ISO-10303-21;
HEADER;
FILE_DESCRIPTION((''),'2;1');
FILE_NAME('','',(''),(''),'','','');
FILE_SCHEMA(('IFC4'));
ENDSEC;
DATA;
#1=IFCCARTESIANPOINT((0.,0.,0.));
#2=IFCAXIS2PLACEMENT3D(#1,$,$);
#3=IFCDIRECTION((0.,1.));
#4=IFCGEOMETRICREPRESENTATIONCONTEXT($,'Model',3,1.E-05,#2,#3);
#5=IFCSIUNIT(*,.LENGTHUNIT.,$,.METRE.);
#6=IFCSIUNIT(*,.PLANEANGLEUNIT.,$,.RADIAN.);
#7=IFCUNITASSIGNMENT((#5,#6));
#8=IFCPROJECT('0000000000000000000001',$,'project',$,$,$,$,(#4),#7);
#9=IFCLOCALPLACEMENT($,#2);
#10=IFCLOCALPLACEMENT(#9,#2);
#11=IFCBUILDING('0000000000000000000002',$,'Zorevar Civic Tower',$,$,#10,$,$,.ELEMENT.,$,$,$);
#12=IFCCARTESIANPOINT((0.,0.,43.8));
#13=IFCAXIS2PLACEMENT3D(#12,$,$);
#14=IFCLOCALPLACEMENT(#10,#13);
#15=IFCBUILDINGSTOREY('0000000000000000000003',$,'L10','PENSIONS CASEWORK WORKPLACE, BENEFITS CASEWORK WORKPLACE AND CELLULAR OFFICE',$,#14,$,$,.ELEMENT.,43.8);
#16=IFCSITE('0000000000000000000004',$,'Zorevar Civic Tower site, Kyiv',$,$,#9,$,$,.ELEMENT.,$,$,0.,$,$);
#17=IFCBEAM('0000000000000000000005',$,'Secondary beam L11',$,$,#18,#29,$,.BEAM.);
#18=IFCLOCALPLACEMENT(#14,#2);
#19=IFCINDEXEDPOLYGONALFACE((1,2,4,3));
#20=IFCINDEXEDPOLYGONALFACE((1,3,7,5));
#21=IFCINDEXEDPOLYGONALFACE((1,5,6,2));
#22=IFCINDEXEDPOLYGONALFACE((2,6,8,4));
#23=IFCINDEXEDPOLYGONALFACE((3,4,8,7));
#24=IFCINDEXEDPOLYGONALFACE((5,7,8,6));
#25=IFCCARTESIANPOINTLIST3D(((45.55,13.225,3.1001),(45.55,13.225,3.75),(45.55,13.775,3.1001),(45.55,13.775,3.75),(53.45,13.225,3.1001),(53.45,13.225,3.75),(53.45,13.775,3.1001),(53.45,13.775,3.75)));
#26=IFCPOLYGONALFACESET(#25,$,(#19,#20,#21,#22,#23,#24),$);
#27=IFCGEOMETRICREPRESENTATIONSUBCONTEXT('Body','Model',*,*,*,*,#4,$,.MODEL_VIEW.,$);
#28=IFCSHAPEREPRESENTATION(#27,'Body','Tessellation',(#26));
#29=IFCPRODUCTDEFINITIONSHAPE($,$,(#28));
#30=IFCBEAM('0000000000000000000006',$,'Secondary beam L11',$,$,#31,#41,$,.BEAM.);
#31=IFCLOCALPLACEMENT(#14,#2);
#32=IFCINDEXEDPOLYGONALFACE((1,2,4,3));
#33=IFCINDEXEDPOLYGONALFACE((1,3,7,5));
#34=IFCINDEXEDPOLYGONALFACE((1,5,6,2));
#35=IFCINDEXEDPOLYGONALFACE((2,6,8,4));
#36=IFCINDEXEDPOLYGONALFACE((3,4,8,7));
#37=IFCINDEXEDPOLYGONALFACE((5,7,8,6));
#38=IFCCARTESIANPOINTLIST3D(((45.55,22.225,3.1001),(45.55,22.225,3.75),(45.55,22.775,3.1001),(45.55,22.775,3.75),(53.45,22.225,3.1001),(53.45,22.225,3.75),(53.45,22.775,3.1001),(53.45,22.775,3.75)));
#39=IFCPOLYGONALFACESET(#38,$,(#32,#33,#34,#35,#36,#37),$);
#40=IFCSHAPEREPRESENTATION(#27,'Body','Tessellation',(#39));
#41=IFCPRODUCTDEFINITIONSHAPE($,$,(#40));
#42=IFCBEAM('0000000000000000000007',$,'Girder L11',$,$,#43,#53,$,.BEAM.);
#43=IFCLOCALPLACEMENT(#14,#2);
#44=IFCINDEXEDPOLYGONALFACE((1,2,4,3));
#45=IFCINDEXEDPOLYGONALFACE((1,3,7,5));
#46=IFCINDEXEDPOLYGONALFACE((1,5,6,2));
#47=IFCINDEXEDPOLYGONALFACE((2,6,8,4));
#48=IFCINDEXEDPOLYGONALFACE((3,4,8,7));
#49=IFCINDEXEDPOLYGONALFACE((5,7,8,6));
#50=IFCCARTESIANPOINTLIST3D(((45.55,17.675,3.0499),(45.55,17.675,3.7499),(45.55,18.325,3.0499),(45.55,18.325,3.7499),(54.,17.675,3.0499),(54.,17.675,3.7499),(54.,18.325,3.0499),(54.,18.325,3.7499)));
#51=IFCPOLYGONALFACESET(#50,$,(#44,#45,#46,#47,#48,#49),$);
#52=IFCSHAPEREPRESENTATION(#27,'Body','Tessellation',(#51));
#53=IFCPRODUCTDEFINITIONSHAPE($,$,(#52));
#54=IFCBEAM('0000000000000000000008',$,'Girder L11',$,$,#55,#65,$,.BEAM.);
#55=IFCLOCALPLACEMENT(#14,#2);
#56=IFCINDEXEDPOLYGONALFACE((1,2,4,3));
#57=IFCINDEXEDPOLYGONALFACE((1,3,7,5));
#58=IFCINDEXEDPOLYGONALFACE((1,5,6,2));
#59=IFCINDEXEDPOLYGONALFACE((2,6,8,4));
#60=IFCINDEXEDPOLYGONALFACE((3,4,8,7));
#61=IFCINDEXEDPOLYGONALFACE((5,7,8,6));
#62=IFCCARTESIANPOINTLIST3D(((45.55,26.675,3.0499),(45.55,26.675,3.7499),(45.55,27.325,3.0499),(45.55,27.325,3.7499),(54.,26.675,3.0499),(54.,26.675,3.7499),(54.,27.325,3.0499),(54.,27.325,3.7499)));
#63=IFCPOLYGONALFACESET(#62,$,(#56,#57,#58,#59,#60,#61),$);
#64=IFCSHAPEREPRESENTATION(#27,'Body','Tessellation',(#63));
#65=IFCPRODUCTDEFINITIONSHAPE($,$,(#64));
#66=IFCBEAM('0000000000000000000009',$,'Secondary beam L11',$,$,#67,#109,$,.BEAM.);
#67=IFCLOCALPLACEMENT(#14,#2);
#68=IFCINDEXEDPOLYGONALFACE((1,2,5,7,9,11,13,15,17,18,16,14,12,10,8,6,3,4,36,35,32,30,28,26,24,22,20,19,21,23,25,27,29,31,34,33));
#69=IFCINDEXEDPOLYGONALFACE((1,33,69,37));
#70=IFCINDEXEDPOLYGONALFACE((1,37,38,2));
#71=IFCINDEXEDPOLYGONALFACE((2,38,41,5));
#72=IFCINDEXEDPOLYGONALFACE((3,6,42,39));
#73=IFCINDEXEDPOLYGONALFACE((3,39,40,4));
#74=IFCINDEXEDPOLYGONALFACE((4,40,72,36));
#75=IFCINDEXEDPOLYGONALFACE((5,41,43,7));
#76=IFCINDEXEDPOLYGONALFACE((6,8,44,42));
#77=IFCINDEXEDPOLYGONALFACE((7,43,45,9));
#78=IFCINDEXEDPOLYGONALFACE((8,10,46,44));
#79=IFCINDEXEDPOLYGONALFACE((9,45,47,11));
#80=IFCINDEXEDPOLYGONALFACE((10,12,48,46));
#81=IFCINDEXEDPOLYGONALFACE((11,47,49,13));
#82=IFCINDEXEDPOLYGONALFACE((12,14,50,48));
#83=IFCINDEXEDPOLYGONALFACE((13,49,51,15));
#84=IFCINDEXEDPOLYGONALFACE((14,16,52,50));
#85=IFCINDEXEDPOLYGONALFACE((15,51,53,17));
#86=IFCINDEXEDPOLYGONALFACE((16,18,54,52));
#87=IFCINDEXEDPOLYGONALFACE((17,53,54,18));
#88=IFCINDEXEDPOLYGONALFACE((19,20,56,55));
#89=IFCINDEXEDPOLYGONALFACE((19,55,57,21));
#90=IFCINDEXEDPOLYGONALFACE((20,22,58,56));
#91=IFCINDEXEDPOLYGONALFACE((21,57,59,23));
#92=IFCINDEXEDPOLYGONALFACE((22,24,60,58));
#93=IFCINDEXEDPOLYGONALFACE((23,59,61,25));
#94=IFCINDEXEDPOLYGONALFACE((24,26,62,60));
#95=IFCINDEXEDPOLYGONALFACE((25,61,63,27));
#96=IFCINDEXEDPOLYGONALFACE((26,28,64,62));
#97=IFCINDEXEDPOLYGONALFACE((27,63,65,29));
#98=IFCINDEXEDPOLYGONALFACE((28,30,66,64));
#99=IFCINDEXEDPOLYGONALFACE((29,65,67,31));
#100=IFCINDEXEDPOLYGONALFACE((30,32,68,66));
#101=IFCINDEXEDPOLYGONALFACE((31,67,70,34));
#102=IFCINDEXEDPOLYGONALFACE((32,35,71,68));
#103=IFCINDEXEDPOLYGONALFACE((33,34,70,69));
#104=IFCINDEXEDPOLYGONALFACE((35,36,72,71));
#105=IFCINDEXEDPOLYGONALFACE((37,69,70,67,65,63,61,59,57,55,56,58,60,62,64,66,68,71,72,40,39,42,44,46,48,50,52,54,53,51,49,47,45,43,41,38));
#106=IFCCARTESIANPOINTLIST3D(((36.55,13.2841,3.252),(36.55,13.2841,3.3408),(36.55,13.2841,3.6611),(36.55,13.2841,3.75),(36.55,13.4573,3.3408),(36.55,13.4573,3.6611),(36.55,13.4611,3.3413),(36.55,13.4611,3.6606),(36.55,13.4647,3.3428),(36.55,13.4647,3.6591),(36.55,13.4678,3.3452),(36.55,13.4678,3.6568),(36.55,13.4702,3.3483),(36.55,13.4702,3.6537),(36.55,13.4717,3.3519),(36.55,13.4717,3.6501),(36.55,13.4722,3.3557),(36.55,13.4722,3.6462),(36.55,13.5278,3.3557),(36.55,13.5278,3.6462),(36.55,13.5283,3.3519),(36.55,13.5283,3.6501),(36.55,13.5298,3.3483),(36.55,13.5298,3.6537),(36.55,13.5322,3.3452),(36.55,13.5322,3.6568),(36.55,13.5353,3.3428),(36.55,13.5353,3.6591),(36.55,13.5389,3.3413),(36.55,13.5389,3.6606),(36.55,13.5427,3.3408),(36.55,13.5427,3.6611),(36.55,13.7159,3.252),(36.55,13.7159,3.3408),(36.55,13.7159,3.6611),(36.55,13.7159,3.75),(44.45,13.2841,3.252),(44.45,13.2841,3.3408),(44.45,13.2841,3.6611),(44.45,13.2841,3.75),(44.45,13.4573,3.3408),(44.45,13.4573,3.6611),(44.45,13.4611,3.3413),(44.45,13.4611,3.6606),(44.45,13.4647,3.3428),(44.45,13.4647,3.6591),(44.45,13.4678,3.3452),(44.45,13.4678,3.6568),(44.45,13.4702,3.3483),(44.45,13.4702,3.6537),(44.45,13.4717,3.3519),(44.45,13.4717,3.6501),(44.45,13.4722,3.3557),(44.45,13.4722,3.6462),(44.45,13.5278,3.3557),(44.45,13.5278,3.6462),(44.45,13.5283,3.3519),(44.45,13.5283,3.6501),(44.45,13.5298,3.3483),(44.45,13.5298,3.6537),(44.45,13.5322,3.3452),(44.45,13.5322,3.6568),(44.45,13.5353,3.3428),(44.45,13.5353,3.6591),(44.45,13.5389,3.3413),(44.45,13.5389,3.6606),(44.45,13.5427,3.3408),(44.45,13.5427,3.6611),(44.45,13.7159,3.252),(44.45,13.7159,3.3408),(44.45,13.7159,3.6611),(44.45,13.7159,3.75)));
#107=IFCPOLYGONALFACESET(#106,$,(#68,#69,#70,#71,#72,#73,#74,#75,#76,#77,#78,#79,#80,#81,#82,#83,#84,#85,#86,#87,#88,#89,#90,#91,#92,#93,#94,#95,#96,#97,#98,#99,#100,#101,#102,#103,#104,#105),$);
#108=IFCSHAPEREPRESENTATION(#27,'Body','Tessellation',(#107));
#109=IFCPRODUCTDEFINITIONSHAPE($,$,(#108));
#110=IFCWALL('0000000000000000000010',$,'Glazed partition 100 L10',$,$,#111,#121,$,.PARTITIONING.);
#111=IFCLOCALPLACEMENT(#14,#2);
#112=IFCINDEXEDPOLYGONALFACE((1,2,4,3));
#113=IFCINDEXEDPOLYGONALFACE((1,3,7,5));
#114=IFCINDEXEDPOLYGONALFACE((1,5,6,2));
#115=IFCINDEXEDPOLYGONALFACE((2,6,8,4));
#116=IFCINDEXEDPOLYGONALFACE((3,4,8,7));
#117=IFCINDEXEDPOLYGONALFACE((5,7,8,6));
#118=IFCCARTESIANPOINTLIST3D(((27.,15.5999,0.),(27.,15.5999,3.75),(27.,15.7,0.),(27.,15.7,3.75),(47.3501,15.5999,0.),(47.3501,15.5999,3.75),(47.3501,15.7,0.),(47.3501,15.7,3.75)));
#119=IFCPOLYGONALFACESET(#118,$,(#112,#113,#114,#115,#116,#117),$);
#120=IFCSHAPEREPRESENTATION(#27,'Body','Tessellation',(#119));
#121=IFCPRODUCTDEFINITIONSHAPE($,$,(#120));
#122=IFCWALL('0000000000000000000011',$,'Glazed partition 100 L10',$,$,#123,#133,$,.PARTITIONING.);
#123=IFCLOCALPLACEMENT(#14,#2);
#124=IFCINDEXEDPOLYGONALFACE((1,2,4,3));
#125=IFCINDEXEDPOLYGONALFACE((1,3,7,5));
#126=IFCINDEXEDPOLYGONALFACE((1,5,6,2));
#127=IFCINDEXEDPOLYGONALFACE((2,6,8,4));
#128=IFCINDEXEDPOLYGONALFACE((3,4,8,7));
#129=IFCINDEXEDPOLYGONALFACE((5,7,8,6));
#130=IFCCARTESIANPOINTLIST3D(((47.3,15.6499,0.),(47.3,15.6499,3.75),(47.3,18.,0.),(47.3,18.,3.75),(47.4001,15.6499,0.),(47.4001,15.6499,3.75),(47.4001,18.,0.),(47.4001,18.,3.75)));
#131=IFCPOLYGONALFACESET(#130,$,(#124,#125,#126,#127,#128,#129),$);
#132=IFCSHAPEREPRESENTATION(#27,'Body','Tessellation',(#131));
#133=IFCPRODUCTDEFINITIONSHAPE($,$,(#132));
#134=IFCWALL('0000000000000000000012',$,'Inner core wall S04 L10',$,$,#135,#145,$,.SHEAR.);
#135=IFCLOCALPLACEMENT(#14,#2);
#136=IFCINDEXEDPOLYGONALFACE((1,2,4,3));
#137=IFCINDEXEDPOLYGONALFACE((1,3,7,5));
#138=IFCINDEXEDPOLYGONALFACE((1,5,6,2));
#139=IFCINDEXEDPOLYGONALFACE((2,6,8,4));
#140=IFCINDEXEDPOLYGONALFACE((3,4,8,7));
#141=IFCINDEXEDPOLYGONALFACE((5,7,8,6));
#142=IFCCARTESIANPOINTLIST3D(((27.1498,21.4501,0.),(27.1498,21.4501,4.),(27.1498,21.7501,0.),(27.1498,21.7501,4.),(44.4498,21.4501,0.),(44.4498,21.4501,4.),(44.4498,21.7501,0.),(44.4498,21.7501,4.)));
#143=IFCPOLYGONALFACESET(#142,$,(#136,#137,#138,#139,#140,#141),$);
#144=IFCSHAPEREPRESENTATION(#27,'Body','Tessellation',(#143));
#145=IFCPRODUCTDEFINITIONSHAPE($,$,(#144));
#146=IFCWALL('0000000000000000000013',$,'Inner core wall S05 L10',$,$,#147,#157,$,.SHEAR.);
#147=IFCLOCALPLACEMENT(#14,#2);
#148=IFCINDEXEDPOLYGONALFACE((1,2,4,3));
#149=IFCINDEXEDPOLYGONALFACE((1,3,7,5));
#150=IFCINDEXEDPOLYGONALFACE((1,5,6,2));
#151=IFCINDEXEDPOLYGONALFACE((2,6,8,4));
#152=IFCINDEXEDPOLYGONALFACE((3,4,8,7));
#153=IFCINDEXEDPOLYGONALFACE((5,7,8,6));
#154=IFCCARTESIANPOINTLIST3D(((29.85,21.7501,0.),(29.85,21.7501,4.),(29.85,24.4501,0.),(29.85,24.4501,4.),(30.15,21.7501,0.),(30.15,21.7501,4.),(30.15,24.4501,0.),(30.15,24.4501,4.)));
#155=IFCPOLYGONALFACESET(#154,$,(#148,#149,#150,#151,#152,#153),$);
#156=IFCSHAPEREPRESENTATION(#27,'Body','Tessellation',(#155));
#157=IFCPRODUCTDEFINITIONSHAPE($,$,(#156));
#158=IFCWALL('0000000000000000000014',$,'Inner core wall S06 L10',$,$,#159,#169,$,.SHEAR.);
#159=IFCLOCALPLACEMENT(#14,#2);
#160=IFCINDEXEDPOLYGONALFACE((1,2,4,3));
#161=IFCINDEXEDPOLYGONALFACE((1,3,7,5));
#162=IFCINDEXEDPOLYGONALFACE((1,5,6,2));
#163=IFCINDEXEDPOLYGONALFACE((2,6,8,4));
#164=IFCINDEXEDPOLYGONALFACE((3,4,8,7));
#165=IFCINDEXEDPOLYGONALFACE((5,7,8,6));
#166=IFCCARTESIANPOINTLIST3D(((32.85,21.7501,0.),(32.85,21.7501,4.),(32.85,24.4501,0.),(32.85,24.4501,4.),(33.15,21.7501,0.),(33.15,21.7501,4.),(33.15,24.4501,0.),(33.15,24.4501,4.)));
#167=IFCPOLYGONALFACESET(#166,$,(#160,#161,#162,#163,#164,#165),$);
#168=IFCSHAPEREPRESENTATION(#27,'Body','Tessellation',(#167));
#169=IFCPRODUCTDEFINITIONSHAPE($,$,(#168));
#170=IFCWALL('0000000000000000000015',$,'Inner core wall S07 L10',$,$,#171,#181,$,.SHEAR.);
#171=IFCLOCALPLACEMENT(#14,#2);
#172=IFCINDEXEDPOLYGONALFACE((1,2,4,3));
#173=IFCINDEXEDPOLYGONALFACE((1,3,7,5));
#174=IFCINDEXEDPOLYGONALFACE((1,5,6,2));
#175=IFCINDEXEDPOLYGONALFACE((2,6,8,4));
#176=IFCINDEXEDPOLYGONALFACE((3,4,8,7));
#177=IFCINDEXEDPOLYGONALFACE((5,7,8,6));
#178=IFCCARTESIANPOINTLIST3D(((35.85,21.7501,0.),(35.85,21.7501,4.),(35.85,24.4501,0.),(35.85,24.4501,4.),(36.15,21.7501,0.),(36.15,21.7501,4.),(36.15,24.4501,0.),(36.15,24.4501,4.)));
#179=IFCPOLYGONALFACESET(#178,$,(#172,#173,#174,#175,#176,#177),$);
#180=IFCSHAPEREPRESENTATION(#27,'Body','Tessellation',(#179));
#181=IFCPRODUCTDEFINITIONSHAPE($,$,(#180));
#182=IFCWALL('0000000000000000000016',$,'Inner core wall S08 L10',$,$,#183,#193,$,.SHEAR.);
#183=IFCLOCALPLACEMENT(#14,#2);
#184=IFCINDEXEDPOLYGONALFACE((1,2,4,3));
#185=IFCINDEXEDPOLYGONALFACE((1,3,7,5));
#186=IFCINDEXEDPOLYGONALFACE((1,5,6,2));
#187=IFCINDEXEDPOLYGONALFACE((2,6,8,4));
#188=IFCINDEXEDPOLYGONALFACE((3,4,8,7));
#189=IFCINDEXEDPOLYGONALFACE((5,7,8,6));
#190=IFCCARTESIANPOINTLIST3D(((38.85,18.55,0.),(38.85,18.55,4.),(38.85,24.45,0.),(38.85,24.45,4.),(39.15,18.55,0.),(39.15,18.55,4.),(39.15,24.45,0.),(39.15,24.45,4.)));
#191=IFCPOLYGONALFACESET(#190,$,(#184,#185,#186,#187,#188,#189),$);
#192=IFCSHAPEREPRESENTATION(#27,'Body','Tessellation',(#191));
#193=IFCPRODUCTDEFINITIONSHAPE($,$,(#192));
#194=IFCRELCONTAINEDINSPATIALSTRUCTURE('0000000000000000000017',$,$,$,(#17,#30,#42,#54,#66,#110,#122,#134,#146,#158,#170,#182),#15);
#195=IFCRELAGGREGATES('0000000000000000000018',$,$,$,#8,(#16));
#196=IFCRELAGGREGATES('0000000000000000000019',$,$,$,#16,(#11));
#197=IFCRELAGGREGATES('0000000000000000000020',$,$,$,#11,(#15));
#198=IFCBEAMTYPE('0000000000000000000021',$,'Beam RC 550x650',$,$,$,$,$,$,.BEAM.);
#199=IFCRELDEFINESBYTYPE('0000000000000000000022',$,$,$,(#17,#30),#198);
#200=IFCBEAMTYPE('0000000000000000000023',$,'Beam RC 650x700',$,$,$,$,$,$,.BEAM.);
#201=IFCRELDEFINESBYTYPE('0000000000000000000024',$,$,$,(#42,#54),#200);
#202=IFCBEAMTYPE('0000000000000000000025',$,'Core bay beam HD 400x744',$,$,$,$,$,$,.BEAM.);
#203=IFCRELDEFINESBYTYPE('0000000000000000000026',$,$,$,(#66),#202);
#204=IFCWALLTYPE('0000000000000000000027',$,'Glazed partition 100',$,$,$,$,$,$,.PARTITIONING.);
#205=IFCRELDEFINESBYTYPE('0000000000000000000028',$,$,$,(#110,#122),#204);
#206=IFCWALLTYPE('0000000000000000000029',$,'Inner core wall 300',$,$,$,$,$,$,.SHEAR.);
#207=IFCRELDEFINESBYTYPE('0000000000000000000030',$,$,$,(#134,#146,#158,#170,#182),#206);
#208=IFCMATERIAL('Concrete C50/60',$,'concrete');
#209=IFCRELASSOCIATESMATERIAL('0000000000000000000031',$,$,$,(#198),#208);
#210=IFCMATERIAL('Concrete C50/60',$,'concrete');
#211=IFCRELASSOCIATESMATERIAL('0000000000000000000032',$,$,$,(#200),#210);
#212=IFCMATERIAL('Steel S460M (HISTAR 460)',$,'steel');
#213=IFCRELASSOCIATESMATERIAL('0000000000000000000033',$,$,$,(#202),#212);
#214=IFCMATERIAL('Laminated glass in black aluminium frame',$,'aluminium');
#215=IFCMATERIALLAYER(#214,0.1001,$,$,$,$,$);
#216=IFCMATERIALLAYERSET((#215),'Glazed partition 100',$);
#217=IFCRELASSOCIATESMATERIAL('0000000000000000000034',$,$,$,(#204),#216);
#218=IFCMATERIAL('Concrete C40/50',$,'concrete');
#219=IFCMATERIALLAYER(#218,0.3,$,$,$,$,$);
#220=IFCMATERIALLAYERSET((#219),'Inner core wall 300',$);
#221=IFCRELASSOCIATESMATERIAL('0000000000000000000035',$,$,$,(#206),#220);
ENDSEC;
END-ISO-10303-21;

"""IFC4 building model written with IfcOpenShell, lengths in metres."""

from ifc_helpers import new_model, si_unit, direction, frame, frame_2d, origin, origin_2d, place, context, subcontext, project, spatial, rectangle, i_section, extrude, material, layer, layer_set, material_profile, profile_set, type_object, element, save


model = new_model("IFC4")

# Units and contexts
model_context = context("Model", 3, precision=1e-05, world=origin(), true_north=direction((0.0, 1.0)))
body_context = subcontext(model_context, "Body", "Model", "MODEL_VIEW")
ifc_project = project(units=[si_unit("LENGTHUNIT", "METRE"), si_unit("PLANEANGLEUNIT", "RADIAN")], contexts=[model_context])

# Site, building, storey
site_placement = place(None, origin())
site = spatial("IfcSite", under=ifc_project, at=site_placement, Name="Zorevar Civic Tower site, Kyiv", CompositionType="ELEMENT", RefElevation=0.0)
building_placement = place(site_placement, origin())
building = spatial("IfcBuilding", under=site, at=building_placement, Name="Zorevar Civic Tower", CompositionType="ELEMENT")
storey_placement = place(building_placement, frame((0.0, 0.0, 43.8)))
storey = spatial("IfcBuildingStorey", under=building, at=storey_placement, Name="L10", Description="PENSIONS CASEWORK WORKPLACE, BENEFITS CASEWORK WORKPLACE AND CELLULAR OFFICE", CompositionType="ELEMENT", Elevation=43.8)

# Beams
ifc_material_1 = material(Name="Concrete C50/60", Category="concrete")
ifc_material_profile_1 = material_profile(ifc_material_1, rectangle(XDim=0.55, YDim=0.6499, at=origin_2d()), Name="RC 550x650")
ifc_profile_set_1 = profile_set([ifc_material_profile_1], Name="Concrete C50/60")
beam_type_1 = type_object("IfcBeamType", Name="Beam RC 550x650", PredefinedType="BEAM", material=ifc_profile_set_1)
for number, where, z_axis, x_axis, name in (
    (1, (45.55, 13.5, 3.425), (1.0, 0.0, 0.0), (0.0, 1.0, 0.0), "Secondary beam L11"),
    (2, (45.55, 22.5, 3.425), (1.0, 0.0, 0.0), (0.0, 1.0, 0.0), "Secondary beam L11"),
):
    element("IfcBeam", number, at=place(storey_placement, frame(where, z_axis=z_axis, x_axis=x_axis)), inside=storey, type_object=beam_type_1, Name=name, PredefinedType="BEAM", context=body_context, shape_type="SweptSolid", body=[
        extrude(rectangle(XDim=0.55, YDim=0.6499, at=origin_2d()), origin(), (0.0, 0.0, 1.0), 7.8999),
    ])
ifc_material_2 = material(Name="Concrete C50/60", Category="concrete")
ifc_material_profile_2 = material_profile(ifc_material_2, rectangle(XDim=0.6499, YDim=0.7, at=origin_2d()), Name="RC 650x700")
ifc_profile_set_2 = profile_set([ifc_material_profile_2], Name="Concrete C50/60")
beam_type_2 = type_object("IfcBeamType", Name="Beam RC 650x700", PredefinedType="BEAM", material=ifc_profile_set_2)
for number, where, z_axis, x_axis, name in (
    (3, (45.55, 18.0, 3.3999), (1.0, 0.0, 0.0), (0.0, 1.0, 0.0), "Girder L11"),
    (4, (45.55, 27.0, 3.3999), (1.0, 0.0, 0.0), (0.0, 1.0, 0.0), "Girder L11"),
):
    element("IfcBeam", number, at=place(storey_placement, frame(where, z_axis=z_axis, x_axis=x_axis)), inside=storey, type_object=beam_type_2, Name=name, PredefinedType="BEAM", context=body_context, shape_type="SweptSolid", body=[
        extrude(rectangle(XDim=0.6499, YDim=0.7, at=origin_2d()), origin(), (0.0, 0.0, 1.0), 8.45),
    ])
ifc_material_3 = material(Name="Steel S460M (HISTAR 460)", Category="steel")
ifc_material_profile_3 = material_profile(ifc_material_3, i_section(OverallWidth=0.4319, OverallDepth=0.498, WebThickness=0.0557, FlangeThickness=0.0889, FilletRadius=0.0149, at=origin_2d()), Name="HD 400x744")
ifc_profile_set_3 = profile_set([ifc_material_profile_3], Name="Steel S460M (HISTAR 460)")
beam_type_3 = type_object("IfcBeamType", Name="Core bay beam HD 400x744", PredefinedType="BEAM", material=ifc_profile_set_3)
beam_placement = place(storey_placement, frame((36.55, 13.5, 3.501), z_axis=(1.0, 0.0, 0.0), x_axis=(0.0, 1.0, 0.0)))
element("IfcBeam", 5, at=beam_placement, inside=storey, type_object=beam_type_3, Name="Secondary beam L11", PredefinedType="BEAM", context=body_context, shape_type="SweptSolid", body=[
    extrude(i_section(OverallWidth=0.4319, OverallDepth=0.498, WebThickness=0.0557, FlangeThickness=0.0889, FilletRadius=0.0149, at=origin_2d()), origin(), (0.0, 0.0, 1.0), 7.8999),
])

# Walls
ifc_material_4 = material(Name="Laminated glass in black aluminium frame", Category="aluminium")
ifc_layer_1 = layer(ifc_material_4, 0.1001)
ifc_layer_set_1 = layer_set([ifc_layer_1], Name="Glazed partition 100")
wall_type_1 = type_object("IfcWallType", Name="Glazed partition 100", PredefinedType="PARTITIONING", material=ifc_layer_set_1)
wall_1_placement = place(storey_placement, frame((27.0, 15.6499, 0.0), z_axis=(0.0, 0.0, 1.0), x_axis=(1.0, 0.0, 0.0)))
element("IfcWall", 6, at=wall_1_placement, inside=storey, type_object=wall_type_1, Name="Glazed partition 100 L10", PredefinedType="PARTITIONING", context=body_context, shape_type="SweptSolid", body=[
    extrude(rectangle(XDim=20.3501, YDim=0.1001, at=frame_2d((10.175, 0.0))), origin(), (0.0, 0.0, 1.0), 3.75),
])
wall_2_placement = place(storey_placement, frame((47.3501, 15.6499, 0.0), z_axis=(0.0, 0.0, 1.0), x_axis=(0.0, 1.0, 0.0)))
element("IfcWall", 7, at=wall_2_placement, inside=storey, type_object=wall_type_1, Name="Glazed partition 100 L10", PredefinedType="PARTITIONING", context=body_context, shape_type="SweptSolid", body=[
    extrude(rectangle(XDim=2.3501, YDim=0.1001, at=frame_2d((1.175, 0.0))), origin(), (0.0, 0.0, 1.0), 3.75),
])
ifc_material_5 = material(Name="Concrete C40/50", Category="concrete")
ifc_layer_2 = layer(ifc_material_5, 0.3)
ifc_layer_set_2 = layer_set([ifc_layer_2], Name="Inner core wall 300")
wall_type_2 = type_object("IfcWallType", Name="Inner core wall 300", PredefinedType="SHEAR", material=ifc_layer_set_2)
wall_3_placement = place(storey_placement, frame((27.1499, 21.6001, 0.0), z_axis=(0.0, 0.0, 1.0), x_axis=(1.0, 0.0, 0.0)))
element("IfcWall", 8, at=wall_3_placement, inside=storey, type_object=wall_type_2, Name="Inner core wall S04 L10", PredefinedType="SHEAR", context=body_context, shape_type="SweptSolid", body=[
    extrude(rectangle(XDim=17.3, YDim=0.3, at=frame_2d((8.6499, 0.0))), origin(), (0.0, 0.0, 1.0), 4.0),
])
for number, where, z_axis, x_axis, name in (
    (9, (30.0, 21.75, 0.0), (0.0, 0.0, 1.0), (0.0, 1.0, 0.0), "Inner core wall S05 L10"),
    (10, (33.0, 21.75, 0.0), (0.0, 0.0, 1.0), (0.0, 1.0, 0.0), "Inner core wall S06 L10"),
    (11, (36.0, 21.75, 0.0), (0.0, 0.0, 1.0), (0.0, 1.0, 0.0), "Inner core wall S07 L10"),
):
    element("IfcWall", number, at=place(storey_placement, frame(where, z_axis=z_axis, x_axis=x_axis)), inside=storey, type_object=wall_type_2, Name=name, PredefinedType="SHEAR", context=body_context, shape_type="SweptSolid", body=[
        extrude(rectangle(XDim=2.7, YDim=0.3, at=frame_2d((1.3501, 0.0))), origin(), (0.0, 0.0, 1.0), 4.0),
    ])
wall_4_placement = place(storey_placement, frame((39.0, 18.55, 0.0), z_axis=(0.0, 0.0, 1.0), x_axis=(0.0, 1.0, 0.0)))
element("IfcWall", 12, at=wall_4_placement, inside=storey, type_object=wall_type_2, Name="Inner core wall S08 L10", PredefinedType="SHEAR", context=body_context, shape_type="SweptSolid", body=[
    extrude(rectangle(XDim=5.8999, YDim=0.3, at=frame_2d((2.95, 0.0))), origin(), (0.0, 0.0, 1.0), 4.0),
])

save(model, "model.ifc")
